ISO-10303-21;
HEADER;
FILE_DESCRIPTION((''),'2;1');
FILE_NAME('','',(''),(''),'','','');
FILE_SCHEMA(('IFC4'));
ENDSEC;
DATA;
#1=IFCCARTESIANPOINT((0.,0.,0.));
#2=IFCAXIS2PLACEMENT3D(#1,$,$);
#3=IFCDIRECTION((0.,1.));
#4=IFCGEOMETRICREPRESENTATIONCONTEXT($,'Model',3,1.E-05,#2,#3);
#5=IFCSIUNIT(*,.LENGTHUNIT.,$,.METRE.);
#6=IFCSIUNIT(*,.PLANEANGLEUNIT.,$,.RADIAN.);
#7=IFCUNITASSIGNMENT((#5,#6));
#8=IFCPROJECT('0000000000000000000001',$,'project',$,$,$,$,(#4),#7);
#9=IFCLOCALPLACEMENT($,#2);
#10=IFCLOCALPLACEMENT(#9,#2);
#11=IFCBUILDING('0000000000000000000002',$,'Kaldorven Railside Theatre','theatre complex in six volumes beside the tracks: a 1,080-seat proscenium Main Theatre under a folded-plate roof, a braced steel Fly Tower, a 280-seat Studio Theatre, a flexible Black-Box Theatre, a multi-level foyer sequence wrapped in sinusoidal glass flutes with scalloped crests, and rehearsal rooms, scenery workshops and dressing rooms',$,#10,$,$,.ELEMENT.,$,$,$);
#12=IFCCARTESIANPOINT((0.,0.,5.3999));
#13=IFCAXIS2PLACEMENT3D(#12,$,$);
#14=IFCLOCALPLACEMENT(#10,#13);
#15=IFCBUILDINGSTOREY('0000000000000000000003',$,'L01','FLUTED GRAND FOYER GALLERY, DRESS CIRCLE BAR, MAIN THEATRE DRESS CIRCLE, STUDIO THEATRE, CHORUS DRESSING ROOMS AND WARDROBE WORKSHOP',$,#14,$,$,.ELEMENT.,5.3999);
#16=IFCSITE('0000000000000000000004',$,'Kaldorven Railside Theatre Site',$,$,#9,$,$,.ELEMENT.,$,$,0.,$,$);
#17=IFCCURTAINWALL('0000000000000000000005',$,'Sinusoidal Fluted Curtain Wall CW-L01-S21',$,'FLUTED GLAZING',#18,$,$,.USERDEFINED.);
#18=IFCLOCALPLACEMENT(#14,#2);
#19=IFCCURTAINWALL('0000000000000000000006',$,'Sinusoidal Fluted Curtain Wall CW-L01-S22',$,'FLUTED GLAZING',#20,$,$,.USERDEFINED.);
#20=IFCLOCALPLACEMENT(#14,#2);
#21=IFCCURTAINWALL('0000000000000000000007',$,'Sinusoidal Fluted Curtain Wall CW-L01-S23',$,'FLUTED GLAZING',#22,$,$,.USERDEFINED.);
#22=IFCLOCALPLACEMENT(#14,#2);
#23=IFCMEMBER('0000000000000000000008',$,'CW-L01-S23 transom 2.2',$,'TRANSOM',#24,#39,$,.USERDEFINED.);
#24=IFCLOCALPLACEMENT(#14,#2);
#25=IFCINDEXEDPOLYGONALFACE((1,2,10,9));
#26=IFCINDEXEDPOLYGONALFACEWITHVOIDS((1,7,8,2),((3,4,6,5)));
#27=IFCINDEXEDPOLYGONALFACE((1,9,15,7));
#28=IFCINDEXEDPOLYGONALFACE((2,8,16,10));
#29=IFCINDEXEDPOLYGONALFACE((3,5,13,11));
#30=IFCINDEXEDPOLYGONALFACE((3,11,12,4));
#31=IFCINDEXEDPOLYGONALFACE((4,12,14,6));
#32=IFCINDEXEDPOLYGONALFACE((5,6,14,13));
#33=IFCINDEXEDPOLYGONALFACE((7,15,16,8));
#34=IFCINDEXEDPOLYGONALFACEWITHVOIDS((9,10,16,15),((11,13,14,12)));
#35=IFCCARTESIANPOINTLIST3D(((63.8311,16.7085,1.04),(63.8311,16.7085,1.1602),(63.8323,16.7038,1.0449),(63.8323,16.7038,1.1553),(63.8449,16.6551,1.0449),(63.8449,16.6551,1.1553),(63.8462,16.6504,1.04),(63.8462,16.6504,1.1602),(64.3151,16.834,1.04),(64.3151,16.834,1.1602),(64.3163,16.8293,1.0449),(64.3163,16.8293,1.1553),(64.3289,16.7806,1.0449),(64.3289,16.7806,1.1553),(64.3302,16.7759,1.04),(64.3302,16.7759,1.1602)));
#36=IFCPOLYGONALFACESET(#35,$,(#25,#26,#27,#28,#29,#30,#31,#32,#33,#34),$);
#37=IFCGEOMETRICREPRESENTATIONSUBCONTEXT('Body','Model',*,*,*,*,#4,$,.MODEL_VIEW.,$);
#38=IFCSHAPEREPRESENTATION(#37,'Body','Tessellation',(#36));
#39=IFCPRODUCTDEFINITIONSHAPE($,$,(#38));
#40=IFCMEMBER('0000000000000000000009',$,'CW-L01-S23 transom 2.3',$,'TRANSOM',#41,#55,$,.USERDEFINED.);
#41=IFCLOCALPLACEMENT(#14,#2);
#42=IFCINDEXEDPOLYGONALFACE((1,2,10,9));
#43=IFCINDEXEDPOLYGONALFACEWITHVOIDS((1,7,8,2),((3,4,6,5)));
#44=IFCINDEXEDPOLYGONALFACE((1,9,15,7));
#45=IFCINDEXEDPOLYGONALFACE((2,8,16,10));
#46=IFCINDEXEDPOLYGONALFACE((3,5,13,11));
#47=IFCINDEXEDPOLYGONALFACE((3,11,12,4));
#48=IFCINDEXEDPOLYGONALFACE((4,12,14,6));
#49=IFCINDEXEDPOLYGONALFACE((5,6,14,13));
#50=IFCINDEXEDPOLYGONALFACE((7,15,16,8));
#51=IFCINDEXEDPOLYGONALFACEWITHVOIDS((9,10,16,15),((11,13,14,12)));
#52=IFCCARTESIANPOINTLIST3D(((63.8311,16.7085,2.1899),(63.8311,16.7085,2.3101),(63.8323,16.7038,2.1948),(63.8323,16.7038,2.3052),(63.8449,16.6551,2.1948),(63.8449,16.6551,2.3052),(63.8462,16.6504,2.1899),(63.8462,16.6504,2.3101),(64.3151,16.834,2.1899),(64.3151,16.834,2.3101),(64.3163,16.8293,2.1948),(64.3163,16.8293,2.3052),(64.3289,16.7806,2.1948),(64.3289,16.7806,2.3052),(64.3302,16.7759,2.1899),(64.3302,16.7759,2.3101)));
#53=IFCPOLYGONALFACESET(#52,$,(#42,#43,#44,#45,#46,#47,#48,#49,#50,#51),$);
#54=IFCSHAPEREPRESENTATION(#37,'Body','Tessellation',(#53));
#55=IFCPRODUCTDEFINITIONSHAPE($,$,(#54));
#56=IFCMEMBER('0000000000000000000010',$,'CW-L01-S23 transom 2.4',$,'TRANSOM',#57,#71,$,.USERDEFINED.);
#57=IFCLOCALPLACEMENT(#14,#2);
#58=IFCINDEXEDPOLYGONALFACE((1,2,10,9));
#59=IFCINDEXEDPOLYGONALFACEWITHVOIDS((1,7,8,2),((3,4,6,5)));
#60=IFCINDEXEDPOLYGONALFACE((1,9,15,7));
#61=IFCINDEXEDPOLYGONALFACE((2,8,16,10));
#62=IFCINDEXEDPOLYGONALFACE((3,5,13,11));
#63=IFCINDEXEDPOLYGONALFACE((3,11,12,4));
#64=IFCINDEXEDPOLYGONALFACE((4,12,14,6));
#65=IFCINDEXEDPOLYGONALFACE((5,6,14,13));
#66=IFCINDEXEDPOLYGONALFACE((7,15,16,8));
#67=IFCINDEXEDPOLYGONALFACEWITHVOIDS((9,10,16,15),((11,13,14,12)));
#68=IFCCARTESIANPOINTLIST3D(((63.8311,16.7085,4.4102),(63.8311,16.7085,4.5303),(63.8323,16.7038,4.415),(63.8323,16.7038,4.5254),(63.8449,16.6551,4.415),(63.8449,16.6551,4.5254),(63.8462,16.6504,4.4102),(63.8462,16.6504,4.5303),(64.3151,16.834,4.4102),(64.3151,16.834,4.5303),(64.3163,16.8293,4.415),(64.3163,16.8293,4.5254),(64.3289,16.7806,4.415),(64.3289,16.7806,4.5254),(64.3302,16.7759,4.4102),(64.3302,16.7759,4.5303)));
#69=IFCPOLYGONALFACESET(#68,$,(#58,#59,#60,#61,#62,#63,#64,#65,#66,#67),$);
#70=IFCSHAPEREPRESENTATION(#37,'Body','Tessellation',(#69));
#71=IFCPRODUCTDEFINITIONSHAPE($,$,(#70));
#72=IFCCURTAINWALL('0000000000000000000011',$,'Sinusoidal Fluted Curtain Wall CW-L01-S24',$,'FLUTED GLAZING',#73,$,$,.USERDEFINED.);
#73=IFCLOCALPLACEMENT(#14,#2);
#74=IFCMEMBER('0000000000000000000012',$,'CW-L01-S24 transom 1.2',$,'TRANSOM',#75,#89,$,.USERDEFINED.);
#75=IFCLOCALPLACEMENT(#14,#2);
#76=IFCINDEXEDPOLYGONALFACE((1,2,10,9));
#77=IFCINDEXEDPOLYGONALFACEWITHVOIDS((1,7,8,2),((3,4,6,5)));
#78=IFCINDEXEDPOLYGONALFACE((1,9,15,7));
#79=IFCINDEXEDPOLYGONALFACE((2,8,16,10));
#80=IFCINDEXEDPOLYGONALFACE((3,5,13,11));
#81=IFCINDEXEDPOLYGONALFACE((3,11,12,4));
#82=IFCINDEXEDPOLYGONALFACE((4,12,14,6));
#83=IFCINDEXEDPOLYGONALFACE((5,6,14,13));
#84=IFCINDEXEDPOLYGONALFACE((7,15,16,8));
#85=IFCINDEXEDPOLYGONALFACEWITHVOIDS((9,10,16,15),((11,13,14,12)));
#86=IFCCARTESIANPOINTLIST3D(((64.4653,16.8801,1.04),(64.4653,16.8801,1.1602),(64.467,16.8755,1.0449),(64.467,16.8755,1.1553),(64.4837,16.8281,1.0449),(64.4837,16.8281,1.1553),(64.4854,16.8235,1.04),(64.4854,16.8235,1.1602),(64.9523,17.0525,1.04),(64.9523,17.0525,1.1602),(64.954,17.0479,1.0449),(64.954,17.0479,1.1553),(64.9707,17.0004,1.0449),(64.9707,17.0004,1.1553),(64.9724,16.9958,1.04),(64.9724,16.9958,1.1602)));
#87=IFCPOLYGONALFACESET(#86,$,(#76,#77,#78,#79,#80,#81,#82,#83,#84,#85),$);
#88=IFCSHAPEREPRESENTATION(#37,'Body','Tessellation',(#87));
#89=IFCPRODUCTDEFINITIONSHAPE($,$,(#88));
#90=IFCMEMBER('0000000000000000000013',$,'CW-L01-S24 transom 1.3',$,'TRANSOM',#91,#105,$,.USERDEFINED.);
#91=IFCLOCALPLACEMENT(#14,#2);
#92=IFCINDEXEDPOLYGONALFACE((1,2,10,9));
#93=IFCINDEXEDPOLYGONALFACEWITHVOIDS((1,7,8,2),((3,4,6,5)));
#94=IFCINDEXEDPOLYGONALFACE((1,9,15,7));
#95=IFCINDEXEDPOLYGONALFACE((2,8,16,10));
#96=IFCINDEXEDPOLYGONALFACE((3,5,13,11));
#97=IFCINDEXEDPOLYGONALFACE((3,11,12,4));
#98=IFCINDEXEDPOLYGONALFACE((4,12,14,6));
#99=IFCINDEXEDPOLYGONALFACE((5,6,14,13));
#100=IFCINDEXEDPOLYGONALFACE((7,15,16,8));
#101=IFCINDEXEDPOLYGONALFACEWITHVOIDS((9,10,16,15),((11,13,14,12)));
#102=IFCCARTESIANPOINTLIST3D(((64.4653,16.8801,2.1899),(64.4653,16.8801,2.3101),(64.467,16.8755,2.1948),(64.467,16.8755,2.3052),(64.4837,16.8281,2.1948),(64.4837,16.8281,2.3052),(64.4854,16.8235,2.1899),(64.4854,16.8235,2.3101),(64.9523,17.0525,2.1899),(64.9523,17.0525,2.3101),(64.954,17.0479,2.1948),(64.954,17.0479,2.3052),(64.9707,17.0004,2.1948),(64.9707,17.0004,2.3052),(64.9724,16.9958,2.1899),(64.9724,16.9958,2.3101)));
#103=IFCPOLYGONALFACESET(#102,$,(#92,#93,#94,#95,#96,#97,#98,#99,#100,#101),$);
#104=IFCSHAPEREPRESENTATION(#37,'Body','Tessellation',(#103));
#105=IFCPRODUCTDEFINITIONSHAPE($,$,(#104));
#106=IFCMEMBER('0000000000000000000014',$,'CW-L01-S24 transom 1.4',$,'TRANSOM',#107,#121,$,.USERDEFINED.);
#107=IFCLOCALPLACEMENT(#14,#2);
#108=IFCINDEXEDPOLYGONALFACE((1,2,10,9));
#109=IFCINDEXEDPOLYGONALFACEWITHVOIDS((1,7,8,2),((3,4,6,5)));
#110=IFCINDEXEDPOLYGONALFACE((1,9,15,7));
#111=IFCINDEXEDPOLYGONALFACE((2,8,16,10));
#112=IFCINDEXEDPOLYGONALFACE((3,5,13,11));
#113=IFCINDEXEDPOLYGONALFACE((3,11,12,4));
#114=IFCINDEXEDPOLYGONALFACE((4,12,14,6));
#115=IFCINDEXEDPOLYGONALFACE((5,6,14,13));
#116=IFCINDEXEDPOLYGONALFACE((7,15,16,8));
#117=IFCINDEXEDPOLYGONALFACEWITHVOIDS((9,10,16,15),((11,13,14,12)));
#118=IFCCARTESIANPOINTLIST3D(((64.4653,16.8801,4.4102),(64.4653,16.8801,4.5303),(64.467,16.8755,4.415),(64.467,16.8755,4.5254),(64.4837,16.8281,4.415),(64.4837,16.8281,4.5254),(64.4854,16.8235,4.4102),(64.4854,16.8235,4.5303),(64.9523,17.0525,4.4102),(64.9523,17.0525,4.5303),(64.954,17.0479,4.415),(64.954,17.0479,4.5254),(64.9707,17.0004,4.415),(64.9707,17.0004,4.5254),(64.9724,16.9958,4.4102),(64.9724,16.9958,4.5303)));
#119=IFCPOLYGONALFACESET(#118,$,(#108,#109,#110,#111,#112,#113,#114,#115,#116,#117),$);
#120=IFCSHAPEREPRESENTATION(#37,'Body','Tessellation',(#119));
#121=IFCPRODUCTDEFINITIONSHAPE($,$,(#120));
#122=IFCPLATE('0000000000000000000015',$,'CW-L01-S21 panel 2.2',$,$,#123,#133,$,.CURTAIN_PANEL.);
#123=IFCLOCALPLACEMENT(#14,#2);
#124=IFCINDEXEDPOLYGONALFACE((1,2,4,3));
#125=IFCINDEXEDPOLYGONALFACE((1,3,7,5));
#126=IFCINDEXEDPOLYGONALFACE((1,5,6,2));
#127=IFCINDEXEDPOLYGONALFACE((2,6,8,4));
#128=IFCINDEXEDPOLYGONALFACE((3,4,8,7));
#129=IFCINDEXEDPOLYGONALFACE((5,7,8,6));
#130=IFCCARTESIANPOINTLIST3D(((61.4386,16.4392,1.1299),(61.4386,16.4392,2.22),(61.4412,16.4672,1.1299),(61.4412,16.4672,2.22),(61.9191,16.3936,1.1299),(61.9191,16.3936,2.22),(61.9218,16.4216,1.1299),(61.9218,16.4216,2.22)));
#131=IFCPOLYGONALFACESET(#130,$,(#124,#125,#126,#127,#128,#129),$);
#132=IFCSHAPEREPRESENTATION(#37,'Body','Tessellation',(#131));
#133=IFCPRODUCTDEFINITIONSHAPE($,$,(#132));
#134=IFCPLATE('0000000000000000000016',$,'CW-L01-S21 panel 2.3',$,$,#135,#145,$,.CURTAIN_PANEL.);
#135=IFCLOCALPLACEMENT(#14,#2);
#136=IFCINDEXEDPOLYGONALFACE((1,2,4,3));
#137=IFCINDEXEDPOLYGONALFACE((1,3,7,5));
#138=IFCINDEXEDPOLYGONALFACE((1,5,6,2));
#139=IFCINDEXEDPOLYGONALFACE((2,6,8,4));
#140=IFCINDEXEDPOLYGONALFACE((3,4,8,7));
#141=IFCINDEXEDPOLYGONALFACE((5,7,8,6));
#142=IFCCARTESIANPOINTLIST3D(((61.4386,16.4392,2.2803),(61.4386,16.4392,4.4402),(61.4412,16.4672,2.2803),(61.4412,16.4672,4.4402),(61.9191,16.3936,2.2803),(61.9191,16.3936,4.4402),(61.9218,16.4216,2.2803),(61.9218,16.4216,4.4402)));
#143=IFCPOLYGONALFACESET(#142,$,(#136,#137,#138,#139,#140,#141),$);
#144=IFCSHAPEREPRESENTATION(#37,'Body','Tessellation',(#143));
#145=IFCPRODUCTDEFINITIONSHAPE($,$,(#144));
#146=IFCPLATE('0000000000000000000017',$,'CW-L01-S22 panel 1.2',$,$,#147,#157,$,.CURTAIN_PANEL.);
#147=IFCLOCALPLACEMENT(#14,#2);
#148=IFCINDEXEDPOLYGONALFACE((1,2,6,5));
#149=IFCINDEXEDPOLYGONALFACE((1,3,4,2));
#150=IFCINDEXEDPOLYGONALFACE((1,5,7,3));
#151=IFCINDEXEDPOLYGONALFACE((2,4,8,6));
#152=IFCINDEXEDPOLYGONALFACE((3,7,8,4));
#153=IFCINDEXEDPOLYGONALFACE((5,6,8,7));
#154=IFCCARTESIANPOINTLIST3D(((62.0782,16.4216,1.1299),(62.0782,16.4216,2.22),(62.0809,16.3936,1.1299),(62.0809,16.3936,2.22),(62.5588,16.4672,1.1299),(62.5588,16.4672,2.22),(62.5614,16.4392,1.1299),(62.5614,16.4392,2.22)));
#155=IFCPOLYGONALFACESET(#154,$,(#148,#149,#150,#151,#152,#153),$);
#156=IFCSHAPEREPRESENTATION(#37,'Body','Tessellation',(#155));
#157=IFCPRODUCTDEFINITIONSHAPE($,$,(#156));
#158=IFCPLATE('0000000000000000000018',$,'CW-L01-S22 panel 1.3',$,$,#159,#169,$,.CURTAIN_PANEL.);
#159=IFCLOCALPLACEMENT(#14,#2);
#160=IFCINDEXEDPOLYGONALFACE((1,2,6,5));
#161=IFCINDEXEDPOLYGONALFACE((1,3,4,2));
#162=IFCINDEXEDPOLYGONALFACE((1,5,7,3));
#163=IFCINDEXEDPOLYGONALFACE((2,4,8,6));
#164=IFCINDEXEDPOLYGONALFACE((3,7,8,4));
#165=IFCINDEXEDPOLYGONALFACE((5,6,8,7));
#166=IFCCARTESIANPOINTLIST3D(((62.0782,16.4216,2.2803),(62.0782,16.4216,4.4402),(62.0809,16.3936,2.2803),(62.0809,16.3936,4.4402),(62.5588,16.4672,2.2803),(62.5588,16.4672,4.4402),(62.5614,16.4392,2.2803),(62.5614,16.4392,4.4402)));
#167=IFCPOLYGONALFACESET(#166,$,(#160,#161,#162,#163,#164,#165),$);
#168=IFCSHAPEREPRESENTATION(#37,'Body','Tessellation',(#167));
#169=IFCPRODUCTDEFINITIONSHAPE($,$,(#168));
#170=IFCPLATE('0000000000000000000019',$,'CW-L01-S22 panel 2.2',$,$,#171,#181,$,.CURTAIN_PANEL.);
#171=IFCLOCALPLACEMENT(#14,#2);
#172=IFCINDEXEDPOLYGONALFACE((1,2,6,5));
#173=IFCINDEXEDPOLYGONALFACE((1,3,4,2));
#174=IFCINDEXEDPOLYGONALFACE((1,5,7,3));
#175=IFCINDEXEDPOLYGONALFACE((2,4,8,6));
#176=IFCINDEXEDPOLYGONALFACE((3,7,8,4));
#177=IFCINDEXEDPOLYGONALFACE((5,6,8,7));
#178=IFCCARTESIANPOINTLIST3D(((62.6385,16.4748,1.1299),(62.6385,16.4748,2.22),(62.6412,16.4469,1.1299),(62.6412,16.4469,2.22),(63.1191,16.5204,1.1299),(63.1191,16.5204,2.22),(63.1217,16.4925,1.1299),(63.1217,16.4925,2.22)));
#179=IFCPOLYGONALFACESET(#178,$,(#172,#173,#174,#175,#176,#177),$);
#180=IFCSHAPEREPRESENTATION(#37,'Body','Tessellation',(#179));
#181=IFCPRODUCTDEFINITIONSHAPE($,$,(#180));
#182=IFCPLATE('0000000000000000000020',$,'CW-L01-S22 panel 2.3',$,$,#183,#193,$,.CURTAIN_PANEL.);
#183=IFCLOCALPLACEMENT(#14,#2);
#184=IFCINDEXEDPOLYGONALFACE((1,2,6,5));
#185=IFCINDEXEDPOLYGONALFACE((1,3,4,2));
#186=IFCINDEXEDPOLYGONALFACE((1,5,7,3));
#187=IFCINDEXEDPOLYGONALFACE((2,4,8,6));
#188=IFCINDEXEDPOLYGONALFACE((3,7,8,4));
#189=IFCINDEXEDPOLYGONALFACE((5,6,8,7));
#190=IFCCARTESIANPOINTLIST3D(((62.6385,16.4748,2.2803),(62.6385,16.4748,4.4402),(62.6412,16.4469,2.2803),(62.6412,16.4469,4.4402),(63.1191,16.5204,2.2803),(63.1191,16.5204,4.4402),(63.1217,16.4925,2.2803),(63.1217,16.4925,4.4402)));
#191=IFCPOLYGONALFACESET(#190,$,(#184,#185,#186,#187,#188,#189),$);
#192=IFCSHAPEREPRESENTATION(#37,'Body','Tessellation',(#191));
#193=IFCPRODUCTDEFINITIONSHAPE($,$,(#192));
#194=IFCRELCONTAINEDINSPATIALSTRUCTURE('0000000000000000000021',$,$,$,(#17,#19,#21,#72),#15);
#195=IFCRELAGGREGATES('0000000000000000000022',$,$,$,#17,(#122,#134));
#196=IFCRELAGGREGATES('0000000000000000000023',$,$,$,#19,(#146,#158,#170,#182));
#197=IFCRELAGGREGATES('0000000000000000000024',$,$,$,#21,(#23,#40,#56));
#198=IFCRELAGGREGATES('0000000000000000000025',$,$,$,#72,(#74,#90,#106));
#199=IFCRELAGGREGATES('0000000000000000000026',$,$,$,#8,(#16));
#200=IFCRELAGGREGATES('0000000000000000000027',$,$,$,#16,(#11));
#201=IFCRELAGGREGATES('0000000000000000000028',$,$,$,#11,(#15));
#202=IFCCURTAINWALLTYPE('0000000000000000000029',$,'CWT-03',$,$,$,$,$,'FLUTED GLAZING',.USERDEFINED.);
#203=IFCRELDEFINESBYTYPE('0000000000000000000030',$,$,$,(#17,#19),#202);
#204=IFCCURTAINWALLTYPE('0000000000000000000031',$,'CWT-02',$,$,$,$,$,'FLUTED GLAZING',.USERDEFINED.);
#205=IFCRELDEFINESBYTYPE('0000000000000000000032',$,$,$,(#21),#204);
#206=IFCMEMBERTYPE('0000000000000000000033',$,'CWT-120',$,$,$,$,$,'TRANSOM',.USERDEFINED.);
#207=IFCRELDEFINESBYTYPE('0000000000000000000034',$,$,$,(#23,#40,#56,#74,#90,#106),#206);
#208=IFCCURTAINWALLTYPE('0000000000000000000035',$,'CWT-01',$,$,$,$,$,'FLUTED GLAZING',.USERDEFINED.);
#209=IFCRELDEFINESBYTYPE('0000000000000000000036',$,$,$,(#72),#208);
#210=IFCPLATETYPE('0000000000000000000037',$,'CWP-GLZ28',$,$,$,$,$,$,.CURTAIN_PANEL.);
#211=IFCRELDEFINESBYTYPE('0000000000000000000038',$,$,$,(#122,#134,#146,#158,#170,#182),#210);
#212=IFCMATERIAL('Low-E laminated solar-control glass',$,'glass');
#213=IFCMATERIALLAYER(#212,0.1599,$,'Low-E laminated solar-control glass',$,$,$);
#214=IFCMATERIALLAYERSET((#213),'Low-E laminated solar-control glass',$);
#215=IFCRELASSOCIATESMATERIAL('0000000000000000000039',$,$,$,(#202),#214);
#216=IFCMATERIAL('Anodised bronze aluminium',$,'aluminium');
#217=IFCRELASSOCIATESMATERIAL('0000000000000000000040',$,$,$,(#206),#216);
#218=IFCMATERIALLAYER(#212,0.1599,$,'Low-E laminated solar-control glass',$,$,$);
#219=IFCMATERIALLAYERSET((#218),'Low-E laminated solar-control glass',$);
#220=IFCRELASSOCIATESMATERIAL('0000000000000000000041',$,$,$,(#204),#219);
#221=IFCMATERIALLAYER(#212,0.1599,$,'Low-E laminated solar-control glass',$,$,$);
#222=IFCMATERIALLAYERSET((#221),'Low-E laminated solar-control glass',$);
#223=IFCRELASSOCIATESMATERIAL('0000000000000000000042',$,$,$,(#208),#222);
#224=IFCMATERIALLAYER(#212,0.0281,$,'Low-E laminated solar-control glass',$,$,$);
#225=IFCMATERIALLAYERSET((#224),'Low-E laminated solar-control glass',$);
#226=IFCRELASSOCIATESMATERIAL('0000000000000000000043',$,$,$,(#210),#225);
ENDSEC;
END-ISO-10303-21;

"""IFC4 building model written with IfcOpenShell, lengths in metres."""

from ifc_helpers import new_model, si_unit, direction, frame, origin, origin_2d, place, context, subcontext, project, spatial, rectangle, hollow_rectangle, extrude, material, layer, layer_set, material_profile, profile_set, type_object, element, aggregate, save


model = new_model("IFC4")

# Units and contexts
model_context = context("Model", 3, precision=1e-05, world=origin(), true_north=direction((0.0, 1.0)))
body_context = subcontext(model_context, "Body", "Model", "MODEL_VIEW")
ifc_project = project(units=[si_unit("LENGTHUNIT", "METRE"), si_unit("PLANEANGLEUNIT", "RADIAN")], contexts=[model_context])

# Site, building, storey
site_placement = place(None, origin())
site = spatial("IfcSite", under=ifc_project, at=site_placement, Name="Kaldorven Railside Theatre Site", CompositionType="ELEMENT", RefElevation=0.0)
building_placement = place(site_placement, origin())
building = spatial("IfcBuilding", under=site, at=building_placement, Name="Kaldorven Railside Theatre", Description="theatre complex in six volumes beside the tracks: a 1,080-seat proscenium Main Theatre under a folded-plate roof, a braced steel Fly Tower, a 280-seat Studio Theatre, a flexible Black-Box Theatre, a multi-level foyer sequence wrapped in sinusoidal glass flutes with scalloped crests, and rehearsal rooms, scenery workshops and dressing rooms", CompositionType="ELEMENT")
storey_placement = place(building_placement, frame((0.0, 0.0, 5.3999)))
storey = spatial("IfcBuildingStorey", under=building, at=storey_placement, Name="L01", Description="FLUTED GRAND FOYER GALLERY, DRESS CIRCLE BAR, MAIN THEATRE DRESS CIRCLE, STUDIO THEATRE, CHORUS DRESSING ROOMS AND WARDROBE WORKSHOP", CompositionType="ELEMENT", Elevation=5.3999)

# Curtain walls, members
ifc_material_1 = material(Name="Low-E laminated solar-control glass", Category="glass")
ifc_layer_1 = layer(ifc_material_1, 0.1599, Name="Low-E laminated solar-control glass")
ifc_layer_set_1 = layer_set([ifc_layer_1], Name="Low-E laminated solar-control glass")
curtain_wall_type_1 = type_object("IfcCurtainWallType", Name="CWT-03", ElementType="FLUTED GLAZING", PredefinedType="USERDEFINED", material=ifc_layer_set_1)
curtain_wall_1_placement = place(storey_placement, origin())
curtain_wall_1 = element("IfcCurtainWall", 1, at=curtain_wall_1_placement, inside=storey, type_object=curtain_wall_type_1, Name="Sinusoidal Fluted Curtain Wall CW-L01-S21", ObjectType="FLUTED GLAZING", PredefinedType="USERDEFINED")
ifc_material_2 = material(Name="Anodised bronze aluminium", Category="aluminium")
ifc_material_profile = material_profile(ifc_material_2, hollow_rectangle(XDim=0.0601, YDim=0.1201, WallThickness=0.0049, at=origin_2d()), Name="RHS 120x60x5")
ifc_profile_set = profile_set([ifc_material_profile], Name="Anodised bronze aluminium")
member_type = type_object("IfcMemberType", Name="CWT-120", ElementType="TRANSOM", PredefinedType="USERDEFINED", material=ifc_profile_set)
curtain_wall_2_placement = place(storey_placement, origin())
curtain_wall_2 = element("IfcCurtainWall", 2, at=curtain_wall_2_placement, inside=storey, type_object=curtain_wall_type_1, Name="Sinusoidal Fluted Curtain Wall CW-L01-S22", ObjectType="FLUTED GLAZING", PredefinedType="USERDEFINED")
ifc_layer_2 = layer(ifc_material_1, 0.1599, Name="Low-E laminated solar-control glass")
ifc_layer_set_2 = layer_set([ifc_layer_2], Name="Low-E laminated solar-control glass")
curtain_wall_type_2 = type_object("IfcCurtainWallType", Name="CWT-02", ElementType="FLUTED GLAZING", PredefinedType="USERDEFINED", material=ifc_layer_set_2)
curtain_wall_3_placement = place(storey_placement, origin())
curtain_wall_3 = element("IfcCurtainWall", 3, at=curtain_wall_3_placement, inside=storey, type_object=curtain_wall_type_2, Name="Sinusoidal Fluted Curtain Wall CW-L01-S23", ObjectType="FLUTED GLAZING", PredefinedType="USERDEFINED")
member_1_placement = place(storey_placement, frame((63.8386, 16.6794, 1.1001), z_axis=(0.967979, 0.25103, 0.0), x_axis=(-0.25103, 0.967979, 0.0)))
member_1 = element("IfcMember", 4, at=member_1_placement, type_object=member_type, Name="CW-L01-S23 transom 2.2", ObjectType="TRANSOM", PredefinedType="USERDEFINED", context=body_context, shape_type="SweptSolid", body=[
    extrude(hollow_rectangle(XDim=0.0601, YDim=0.1201, WallThickness=0.0049, at=origin_2d()), origin(), (0.0, 0.0, 1.0), 0.5),
])
member_2_placement = place(storey_placement, frame((63.8386, 16.6794, 2.25), z_axis=(0.967979, 0.25103, 0.0), x_axis=(-0.25103, 0.967979, 0.0)))
member_2 = element("IfcMember", 5, at=member_2_placement, type_object=member_type, Name="CW-L01-S23 transom 2.3", ObjectType="TRANSOM", PredefinedType="USERDEFINED", context=body_context, shape_type="SweptSolid", body=[
    extrude(hollow_rectangle(XDim=0.0601, YDim=0.1201, WallThickness=0.0049, at=origin_2d()), origin(), (0.0, 0.0, 1.0), 0.5),
])
member_3_placement = place(storey_placement, frame((63.8386, 16.6794, 4.4702), z_axis=(0.967979, 0.25103, 0.0), x_axis=(-0.25103, 0.967979, 0.0)))
member_3 = element("IfcMember", 6, at=member_3_placement, type_object=member_type, Name="CW-L01-S23 transom 2.4", ObjectType="TRANSOM", PredefinedType="USERDEFINED", context=body_context, shape_type="SweptSolid", body=[
    extrude(hollow_rectangle(XDim=0.0601, YDim=0.1201, WallThickness=0.0049, at=origin_2d()), origin(), (0.0, 0.0, 1.0), 0.5),
])
ifc_layer_3 = layer(ifc_material_1, 0.1599, Name="Low-E laminated solar-control glass")
ifc_layer_set_3 = layer_set([ifc_layer_3], Name="Low-E laminated solar-control glass")
curtain_wall_type_3 = type_object("IfcCurtainWallType", Name="CWT-01", ElementType="FLUTED GLAZING", PredefinedType="USERDEFINED", material=ifc_layer_set_3)
curtain_wall_4_placement = place(storey_placement, origin())
curtain_wall_4 = element("IfcCurtainWall", 7, at=curtain_wall_4_placement, inside=storey, type_object=curtain_wall_type_3, Name="Sinusoidal Fluted Curtain Wall CW-L01-S24", ObjectType="FLUTED GLAZING", PredefinedType="USERDEFINED")
member_4_placement = place(storey_placement, frame((64.4753, 16.8518, 1.1001), z_axis=(0.942711, 0.333611, 0.0), x_axis=(-0.333611, 0.942711, 0.0)))
member_4 = element("IfcMember", 8, at=member_4_placement, type_object=member_type, Name="CW-L01-S24 transom 1.2", ObjectType="TRANSOM", PredefinedType="USERDEFINED", context=body_context, shape_type="SweptSolid", body=[
    extrude(hollow_rectangle(XDim=0.0601, YDim=0.1201, WallThickness=0.0049, at=origin_2d()), origin(), (0.0, 0.0, 1.0), 0.5166),
])
member_5_placement = place(storey_placement, frame((64.4753, 16.8518, 2.25), z_axis=(0.942711, 0.333611, 0.0), x_axis=(-0.333611, 0.942711, 0.0)))
member_5 = element("IfcMember", 9, at=member_5_placement, type_object=member_type, Name="CW-L01-S24 transom 1.3", ObjectType="TRANSOM", PredefinedType="USERDEFINED", context=body_context, shape_type="SweptSolid", body=[
    extrude(hollow_rectangle(XDim=0.0601, YDim=0.1201, WallThickness=0.0049, at=origin_2d()), origin(), (0.0, 0.0, 1.0), 0.5166),
])
member_6_placement = place(storey_placement, frame((64.4753, 16.8518, 4.4702), z_axis=(0.942711, 0.333611, 0.0), x_axis=(-0.333611, 0.942711, 0.0)))
member_6 = element("IfcMember", 10, at=member_6_placement, type_object=member_type, Name="CW-L01-S24 transom 1.4", ObjectType="TRANSOM", PredefinedType="USERDEFINED", context=body_context, shape_type="SweptSolid", body=[
    extrude(hollow_rectangle(XDim=0.0601, YDim=0.1201, WallThickness=0.0049, at=origin_2d()), origin(), (0.0, 0.0, 1.0), 0.5166),
])

# Plates
ifc_layer_4 = layer(ifc_material_1, 0.0281, Name="Low-E laminated solar-control glass")
ifc_layer_set_4 = layer_set([ifc_layer_4], Name="Low-E laminated solar-control glass")
plate_type = type_object("IfcPlateType", Name="CWP-GLZ28", PredefinedType="CURTAIN_PANEL", material=ifc_layer_set_4)
plate_1_placement = place(storey_placement, frame((61.6802, 16.4304, 1.1299), z_axis=(0.0, 0.0, 1.0), x_axis=(0.995526, -0.094492, 0.0)))
plate_1 = element("IfcPlate", 11, at=plate_1_placement, type_object=plate_type, Name="CW-L01-S21 panel 2.2", PredefinedType="CURTAIN_PANEL", context=body_context, shape_type="SweptSolid", body=[
    extrude(rectangle(XDim=0.4827, YDim=0.0281, at=origin_2d()), origin(), (0.0, 0.0, 1.0), 1.0901),
])
plate_2_placement = place(storey_placement, frame((61.6802, 16.4304, 2.2803), z_axis=(0.0, 0.0, 1.0), x_axis=(0.995526, -0.094492, 0.0)))
plate_2 = element("IfcPlate", 12, at=plate_2_placement, type_object=plate_type, Name="CW-L01-S21 panel 2.3", PredefinedType="CURTAIN_PANEL", context=body_context, shape_type="SweptSolid", body=[
    extrude(rectangle(XDim=0.4827, YDim=0.0281, at=origin_2d()), origin(), (0.0, 0.0, 1.0), 2.1599),
])
aggregate(curtain_wall_1, [plate_1, plate_2])
plate_3_placement = place(storey_placement, frame((62.3198, 16.4304, 1.1299), z_axis=(0.0, 0.0, 1.0), x_axis=(0.995526, 0.094492, 0.0)))
plate_3 = element("IfcPlate", 13, at=plate_3_placement, type_object=plate_type, Name="CW-L01-S22 panel 1.2", PredefinedType="CURTAIN_PANEL", context=body_context, shape_type="SweptSolid", body=[
    extrude(rectangle(XDim=0.4827, YDim=0.0281, at=origin_2d()), origin(), (0.0, 0.0, 1.0), 1.0901),
])
plate_4_placement = place(storey_placement, frame((62.3198, 16.4304, 2.2803), z_axis=(0.0, 0.0, 1.0), x_axis=(0.995526, 0.094492, 0.0)))
plate_4 = element("IfcPlate", 14, at=plate_4_placement, type_object=plate_type, Name="CW-L01-S22 panel 1.3", PredefinedType="CURTAIN_PANEL", context=body_context, shape_type="SweptSolid", body=[
    extrude(rectangle(XDim=0.4827, YDim=0.0281, at=origin_2d()), origin(), (0.0, 0.0, 1.0), 2.1599),
])
plate_5_placement = place(storey_placement, frame((62.8801, 16.4836, 1.1299), z_axis=(0.0, 0.0, 1.0), x_axis=(0.995526, 0.094492, 0.0)))
plate_5 = element("IfcPlate", 15, at=plate_5_placement, type_object=plate_type, Name="CW-L01-S22 panel 2.2", PredefinedType="CURTAIN_PANEL", context=body_context, shape_type="SweptSolid", body=[
    extrude(rectangle(XDim=0.4827, YDim=0.0281, at=origin_2d()), origin(), (0.0, 0.0, 1.0), 1.0901),
])
plate_6_placement = place(storey_placement, frame((62.8801, 16.4836, 2.2803), z_axis=(0.0, 0.0, 1.0), x_axis=(0.995526, 0.094492, 0.0)))
plate_6 = element("IfcPlate", 16, at=plate_6_placement, type_object=plate_type, Name="CW-L01-S22 panel 2.3", PredefinedType="CURTAIN_PANEL", context=body_context, shape_type="SweptSolid", body=[
    extrude(rectangle(XDim=0.4827, YDim=0.0281, at=origin_2d()), origin(), (0.0, 0.0, 1.0), 2.1599),
])
aggregate(curtain_wall_2, [plate_3, plate_4, plate_5, plate_6])
aggregate(curtain_wall_3, [member_1, member_2, member_3])
aggregate(curtain_wall_4, [member_4, member_5, member_6])

save(model, "model.ifc")
